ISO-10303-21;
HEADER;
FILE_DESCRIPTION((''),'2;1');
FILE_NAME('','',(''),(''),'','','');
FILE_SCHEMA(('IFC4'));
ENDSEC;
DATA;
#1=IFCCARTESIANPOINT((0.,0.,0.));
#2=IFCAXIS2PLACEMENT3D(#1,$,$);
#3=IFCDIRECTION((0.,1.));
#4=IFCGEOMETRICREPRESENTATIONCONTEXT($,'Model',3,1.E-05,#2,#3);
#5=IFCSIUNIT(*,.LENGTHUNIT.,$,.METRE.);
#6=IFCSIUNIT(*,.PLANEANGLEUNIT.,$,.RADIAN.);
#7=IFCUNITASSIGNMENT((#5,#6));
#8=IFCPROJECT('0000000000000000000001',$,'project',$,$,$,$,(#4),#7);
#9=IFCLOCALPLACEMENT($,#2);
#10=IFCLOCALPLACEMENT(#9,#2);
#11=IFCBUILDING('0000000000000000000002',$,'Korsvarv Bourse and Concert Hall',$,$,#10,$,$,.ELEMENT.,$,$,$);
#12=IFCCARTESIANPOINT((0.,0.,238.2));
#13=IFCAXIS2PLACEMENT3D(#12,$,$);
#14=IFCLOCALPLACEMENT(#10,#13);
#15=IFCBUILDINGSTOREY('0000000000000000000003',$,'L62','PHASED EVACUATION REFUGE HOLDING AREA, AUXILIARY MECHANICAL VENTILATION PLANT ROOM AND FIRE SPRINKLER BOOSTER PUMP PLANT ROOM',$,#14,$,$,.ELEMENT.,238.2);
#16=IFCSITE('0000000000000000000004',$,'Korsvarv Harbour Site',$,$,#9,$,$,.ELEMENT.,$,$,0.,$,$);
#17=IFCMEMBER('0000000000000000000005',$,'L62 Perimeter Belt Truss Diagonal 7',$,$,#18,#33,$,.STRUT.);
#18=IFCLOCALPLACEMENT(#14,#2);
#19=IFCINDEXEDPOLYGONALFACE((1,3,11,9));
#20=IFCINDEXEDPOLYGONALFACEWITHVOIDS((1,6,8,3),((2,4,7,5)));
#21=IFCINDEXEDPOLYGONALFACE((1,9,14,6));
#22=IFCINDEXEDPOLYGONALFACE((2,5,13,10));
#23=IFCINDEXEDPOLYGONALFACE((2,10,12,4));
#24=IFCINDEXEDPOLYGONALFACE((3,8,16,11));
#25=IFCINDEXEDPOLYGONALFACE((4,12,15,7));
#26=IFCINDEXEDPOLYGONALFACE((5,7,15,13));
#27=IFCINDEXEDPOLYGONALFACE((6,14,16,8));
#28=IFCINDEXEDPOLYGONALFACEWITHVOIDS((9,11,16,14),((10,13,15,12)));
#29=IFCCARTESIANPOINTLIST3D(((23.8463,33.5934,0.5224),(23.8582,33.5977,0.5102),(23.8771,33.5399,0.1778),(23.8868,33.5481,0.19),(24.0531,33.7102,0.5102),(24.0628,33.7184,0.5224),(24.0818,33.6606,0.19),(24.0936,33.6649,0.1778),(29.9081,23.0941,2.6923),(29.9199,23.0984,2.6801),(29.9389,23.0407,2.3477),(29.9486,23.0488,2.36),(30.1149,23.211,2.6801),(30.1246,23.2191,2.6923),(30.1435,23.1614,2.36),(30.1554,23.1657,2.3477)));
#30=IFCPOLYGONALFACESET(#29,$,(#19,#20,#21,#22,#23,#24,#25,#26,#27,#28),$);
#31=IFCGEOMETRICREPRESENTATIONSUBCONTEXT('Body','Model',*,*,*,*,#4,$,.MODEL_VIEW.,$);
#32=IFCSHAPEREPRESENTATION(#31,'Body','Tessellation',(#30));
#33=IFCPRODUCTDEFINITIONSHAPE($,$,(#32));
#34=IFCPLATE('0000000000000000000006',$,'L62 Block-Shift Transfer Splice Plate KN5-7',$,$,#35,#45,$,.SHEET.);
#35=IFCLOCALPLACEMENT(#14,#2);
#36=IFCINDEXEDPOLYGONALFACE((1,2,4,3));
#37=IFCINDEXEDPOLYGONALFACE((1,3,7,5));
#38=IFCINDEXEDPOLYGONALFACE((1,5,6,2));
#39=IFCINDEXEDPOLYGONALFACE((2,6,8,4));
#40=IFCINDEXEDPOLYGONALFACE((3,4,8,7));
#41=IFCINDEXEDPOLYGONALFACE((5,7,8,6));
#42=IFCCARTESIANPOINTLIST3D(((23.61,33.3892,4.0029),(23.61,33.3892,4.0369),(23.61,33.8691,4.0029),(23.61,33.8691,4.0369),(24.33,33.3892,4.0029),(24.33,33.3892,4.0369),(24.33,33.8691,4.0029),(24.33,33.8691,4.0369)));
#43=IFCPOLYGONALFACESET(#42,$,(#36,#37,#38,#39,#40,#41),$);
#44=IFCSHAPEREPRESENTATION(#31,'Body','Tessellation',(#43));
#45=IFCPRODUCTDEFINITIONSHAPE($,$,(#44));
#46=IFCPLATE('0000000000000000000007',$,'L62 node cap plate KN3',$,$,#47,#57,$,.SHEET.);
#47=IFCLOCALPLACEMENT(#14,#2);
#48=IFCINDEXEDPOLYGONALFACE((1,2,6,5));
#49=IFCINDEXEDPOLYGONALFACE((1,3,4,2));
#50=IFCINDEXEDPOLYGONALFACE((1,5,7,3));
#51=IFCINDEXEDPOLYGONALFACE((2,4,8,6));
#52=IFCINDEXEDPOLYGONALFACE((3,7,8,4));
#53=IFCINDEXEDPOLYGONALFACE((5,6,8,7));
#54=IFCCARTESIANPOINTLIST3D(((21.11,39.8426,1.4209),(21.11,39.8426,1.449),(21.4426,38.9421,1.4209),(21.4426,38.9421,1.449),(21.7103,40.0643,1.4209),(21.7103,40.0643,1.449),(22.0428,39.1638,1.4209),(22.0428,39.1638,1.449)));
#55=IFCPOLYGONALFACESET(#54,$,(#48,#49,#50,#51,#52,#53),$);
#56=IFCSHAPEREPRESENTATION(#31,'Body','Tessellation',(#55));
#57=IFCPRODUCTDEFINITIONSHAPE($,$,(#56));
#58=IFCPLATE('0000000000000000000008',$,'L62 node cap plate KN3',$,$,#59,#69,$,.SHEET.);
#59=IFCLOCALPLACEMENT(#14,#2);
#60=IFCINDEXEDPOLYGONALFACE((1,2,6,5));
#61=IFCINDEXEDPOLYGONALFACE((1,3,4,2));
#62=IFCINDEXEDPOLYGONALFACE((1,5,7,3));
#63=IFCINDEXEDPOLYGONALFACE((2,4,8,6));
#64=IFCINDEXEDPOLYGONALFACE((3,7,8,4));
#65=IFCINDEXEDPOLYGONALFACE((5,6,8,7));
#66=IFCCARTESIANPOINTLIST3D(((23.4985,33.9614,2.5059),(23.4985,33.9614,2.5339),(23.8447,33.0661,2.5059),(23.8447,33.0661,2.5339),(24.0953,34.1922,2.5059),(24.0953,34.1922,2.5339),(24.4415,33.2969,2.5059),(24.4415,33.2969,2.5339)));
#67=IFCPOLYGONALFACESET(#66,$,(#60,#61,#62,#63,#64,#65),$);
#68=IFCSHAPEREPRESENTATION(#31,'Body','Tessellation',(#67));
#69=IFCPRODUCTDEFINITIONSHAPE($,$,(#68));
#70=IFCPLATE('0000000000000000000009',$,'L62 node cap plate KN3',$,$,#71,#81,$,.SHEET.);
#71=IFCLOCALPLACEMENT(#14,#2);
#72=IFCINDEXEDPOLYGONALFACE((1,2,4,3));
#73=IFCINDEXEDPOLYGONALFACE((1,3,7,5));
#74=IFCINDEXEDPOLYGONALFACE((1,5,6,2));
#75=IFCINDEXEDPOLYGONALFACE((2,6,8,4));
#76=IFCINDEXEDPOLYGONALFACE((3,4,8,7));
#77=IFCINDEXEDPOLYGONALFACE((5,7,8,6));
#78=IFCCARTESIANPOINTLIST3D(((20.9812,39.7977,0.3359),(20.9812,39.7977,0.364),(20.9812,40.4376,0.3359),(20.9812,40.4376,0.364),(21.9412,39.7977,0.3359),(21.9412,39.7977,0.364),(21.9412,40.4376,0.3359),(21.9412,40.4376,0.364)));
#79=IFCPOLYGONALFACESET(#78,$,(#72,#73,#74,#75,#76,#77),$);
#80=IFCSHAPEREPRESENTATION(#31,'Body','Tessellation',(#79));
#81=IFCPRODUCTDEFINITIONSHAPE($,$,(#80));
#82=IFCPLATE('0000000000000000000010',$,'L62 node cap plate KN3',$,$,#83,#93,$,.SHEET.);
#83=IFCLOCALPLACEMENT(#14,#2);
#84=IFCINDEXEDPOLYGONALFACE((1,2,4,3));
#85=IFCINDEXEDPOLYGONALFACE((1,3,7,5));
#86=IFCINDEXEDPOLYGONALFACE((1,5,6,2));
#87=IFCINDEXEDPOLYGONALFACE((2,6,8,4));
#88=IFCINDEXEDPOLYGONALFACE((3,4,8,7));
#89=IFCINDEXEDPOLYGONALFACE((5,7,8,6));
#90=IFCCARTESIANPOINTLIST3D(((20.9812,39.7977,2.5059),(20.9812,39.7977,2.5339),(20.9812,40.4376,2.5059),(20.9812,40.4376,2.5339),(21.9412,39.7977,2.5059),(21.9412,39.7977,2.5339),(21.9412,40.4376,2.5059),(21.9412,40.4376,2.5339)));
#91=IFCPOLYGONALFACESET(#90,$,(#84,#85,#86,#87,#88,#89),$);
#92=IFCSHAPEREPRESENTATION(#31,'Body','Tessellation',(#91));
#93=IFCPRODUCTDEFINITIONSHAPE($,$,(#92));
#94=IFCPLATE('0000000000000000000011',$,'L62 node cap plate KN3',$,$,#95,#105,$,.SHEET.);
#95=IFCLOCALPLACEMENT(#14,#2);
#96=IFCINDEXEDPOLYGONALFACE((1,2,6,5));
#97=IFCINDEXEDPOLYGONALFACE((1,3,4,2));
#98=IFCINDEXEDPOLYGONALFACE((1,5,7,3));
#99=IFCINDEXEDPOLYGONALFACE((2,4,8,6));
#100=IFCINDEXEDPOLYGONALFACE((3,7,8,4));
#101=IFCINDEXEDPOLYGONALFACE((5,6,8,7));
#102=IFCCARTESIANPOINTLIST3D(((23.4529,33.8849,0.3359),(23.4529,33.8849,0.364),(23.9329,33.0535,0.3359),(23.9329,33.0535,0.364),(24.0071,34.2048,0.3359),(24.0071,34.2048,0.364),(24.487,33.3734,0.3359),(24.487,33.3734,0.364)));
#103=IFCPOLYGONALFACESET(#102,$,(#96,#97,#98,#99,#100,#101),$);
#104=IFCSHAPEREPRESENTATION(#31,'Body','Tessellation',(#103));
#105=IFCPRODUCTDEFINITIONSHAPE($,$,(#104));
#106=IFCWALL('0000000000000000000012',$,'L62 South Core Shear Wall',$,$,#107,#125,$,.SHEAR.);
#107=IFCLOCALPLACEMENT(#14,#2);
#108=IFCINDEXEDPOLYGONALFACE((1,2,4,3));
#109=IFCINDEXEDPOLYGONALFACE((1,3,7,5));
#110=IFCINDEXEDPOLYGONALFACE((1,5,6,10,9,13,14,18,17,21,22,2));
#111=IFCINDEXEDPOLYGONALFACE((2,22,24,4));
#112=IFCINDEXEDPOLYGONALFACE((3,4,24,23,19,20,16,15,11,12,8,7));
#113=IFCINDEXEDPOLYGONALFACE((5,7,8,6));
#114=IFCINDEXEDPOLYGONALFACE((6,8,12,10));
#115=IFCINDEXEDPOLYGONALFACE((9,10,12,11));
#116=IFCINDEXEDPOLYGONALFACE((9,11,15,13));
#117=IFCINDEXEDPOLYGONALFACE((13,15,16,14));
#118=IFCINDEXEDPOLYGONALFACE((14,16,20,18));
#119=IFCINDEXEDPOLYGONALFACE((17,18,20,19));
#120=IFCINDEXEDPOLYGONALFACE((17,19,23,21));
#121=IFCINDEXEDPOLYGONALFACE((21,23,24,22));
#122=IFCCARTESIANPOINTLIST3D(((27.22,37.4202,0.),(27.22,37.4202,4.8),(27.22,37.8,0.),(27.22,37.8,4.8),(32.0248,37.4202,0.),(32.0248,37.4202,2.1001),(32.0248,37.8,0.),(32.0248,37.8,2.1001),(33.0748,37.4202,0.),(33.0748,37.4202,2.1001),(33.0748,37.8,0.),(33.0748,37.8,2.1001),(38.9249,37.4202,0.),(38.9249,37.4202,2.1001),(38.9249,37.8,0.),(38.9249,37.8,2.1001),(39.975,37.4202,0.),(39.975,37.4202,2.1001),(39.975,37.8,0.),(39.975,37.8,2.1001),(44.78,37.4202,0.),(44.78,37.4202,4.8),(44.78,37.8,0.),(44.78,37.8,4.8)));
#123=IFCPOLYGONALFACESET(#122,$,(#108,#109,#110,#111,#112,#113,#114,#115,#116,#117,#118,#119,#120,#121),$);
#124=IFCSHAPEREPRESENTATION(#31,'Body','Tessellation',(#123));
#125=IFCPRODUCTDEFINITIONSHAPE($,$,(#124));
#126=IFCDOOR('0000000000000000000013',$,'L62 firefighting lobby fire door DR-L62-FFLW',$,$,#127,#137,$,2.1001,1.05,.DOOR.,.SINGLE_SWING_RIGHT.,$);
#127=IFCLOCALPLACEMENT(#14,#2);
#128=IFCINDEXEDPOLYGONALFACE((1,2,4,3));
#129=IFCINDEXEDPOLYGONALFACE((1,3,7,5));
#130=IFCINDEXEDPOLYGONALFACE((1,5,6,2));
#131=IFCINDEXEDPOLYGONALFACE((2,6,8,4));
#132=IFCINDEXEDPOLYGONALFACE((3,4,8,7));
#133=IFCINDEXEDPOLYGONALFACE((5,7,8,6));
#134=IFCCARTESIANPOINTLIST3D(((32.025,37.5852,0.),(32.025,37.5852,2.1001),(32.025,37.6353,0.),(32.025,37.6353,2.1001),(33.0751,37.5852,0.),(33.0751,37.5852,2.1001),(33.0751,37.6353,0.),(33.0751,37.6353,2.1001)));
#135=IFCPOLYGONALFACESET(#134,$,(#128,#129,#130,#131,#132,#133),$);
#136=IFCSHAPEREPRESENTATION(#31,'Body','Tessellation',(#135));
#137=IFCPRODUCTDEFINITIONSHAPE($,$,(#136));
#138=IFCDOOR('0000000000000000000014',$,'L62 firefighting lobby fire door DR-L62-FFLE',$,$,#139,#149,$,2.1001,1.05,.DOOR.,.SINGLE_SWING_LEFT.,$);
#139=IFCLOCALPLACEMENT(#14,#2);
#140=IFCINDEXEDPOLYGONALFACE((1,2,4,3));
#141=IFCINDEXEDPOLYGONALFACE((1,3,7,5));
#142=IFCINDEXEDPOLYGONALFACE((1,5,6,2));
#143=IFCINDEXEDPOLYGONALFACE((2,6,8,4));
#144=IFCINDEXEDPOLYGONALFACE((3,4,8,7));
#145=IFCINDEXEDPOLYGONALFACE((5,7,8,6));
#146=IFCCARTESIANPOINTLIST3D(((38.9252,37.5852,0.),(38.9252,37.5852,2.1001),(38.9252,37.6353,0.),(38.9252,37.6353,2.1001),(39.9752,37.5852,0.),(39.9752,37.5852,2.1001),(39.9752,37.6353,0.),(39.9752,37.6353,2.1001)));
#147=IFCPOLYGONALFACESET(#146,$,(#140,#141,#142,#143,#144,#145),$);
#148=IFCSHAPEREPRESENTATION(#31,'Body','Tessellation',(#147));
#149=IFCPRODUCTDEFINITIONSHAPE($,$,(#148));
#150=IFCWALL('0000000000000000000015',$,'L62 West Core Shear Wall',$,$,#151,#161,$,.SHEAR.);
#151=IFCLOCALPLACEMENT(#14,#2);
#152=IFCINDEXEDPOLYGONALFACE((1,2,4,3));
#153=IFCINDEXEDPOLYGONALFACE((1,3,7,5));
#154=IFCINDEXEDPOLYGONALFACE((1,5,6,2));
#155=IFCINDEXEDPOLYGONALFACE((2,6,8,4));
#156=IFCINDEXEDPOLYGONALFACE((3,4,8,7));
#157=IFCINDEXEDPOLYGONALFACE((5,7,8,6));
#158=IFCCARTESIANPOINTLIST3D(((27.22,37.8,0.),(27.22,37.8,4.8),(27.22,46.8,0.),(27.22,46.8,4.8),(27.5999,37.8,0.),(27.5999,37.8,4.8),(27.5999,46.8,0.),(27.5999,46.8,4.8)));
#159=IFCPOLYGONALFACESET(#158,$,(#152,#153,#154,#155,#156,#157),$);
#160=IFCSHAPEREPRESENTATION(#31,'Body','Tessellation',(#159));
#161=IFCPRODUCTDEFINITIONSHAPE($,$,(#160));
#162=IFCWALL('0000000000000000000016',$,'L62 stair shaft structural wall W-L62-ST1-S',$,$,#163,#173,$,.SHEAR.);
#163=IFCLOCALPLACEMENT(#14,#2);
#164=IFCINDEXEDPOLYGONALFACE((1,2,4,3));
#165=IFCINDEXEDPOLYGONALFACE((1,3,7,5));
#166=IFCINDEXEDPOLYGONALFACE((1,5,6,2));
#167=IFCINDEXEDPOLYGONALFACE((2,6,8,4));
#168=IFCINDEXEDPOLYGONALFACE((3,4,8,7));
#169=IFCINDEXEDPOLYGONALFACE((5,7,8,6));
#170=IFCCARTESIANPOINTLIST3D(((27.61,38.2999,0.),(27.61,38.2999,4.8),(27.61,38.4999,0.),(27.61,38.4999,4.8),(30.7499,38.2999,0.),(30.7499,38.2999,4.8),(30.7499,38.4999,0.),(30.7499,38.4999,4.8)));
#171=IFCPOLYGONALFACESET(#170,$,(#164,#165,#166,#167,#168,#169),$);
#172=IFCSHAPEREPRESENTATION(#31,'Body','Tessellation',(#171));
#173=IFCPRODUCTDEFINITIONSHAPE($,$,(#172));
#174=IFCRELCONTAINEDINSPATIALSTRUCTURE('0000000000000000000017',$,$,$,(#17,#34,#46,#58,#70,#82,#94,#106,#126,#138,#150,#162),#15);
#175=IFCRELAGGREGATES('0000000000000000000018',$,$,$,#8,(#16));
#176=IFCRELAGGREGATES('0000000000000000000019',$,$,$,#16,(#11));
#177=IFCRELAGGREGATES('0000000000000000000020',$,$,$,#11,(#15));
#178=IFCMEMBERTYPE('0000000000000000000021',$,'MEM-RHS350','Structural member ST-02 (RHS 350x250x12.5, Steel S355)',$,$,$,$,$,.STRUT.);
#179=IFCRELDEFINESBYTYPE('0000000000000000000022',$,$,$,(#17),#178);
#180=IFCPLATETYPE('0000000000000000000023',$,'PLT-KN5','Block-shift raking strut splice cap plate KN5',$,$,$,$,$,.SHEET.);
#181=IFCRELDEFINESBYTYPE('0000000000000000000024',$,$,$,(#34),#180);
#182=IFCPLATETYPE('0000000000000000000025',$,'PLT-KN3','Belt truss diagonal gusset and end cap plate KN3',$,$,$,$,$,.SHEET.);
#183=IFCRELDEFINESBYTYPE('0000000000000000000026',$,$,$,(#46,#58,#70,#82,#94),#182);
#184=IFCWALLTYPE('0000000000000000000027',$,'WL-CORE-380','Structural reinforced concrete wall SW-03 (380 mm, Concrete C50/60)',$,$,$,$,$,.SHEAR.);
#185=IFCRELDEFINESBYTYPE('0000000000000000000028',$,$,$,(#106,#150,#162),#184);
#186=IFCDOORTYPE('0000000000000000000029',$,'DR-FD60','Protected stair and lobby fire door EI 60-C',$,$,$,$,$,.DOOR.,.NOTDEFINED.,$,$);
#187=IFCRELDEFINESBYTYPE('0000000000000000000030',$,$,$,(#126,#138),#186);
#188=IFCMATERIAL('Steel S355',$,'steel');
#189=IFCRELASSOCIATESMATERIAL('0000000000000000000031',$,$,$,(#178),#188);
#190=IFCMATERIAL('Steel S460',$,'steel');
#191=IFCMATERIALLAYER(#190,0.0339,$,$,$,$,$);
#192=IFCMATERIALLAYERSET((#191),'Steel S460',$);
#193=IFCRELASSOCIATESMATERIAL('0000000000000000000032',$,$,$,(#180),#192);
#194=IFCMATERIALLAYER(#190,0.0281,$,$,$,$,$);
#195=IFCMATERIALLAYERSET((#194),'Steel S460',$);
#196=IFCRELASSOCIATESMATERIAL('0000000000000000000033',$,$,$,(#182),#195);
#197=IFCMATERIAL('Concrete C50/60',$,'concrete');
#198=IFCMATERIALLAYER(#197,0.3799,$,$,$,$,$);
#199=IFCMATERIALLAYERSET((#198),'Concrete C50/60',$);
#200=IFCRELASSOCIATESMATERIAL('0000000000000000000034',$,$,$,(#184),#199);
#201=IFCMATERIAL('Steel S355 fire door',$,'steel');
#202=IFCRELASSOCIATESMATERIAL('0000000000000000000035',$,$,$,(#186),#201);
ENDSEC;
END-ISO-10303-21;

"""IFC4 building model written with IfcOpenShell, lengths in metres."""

from ifc_helpers import new_model, si_unit, direction, frame, frame_2d, origin, origin_2d, place, context, subcontext, project, spatial, rectangle, hollow_rectangle, extrude, source, transform, mapped, material, layer, layer_set, material_profile, profile_set, type_object, element, fill, save


model = new_model("IFC4")

# Units and contexts
model_context = context("Model", 3, precision=1e-05, world=origin(), true_north=direction((0.0, 1.0)))
body_context = subcontext(model_context, "Body", "Model", "MODEL_VIEW")
ifc_project = project(units=[si_unit("LENGTHUNIT", "METRE"), si_unit("PLANEANGLEUNIT", "RADIAN")], contexts=[model_context])

# Site, building, storey
site_placement = place(None, origin())
site = spatial("IfcSite", under=ifc_project, at=site_placement, Name="Korsvarv Harbour Site", CompositionType="ELEMENT", RefElevation=0.0)
building_placement = place(site_placement, origin())
building = spatial("IfcBuilding", under=site, at=building_placement, Name="Korsvarv Bourse and Concert Hall", CompositionType="ELEMENT")
storey_placement = place(building_placement, frame((0.0, 0.0, 238.2)))
storey = spatial("IfcBuildingStorey", under=building, at=storey_placement, Name="L62", Description="PHASED EVACUATION REFUGE HOLDING AREA, AUXILIARY MECHANICAL VENTILATION PLANT ROOM AND FIRE SPRINKLER BOOSTER PUMP PLANT ROOM", CompositionType="ELEMENT", Elevation=238.2)

# Shared definitions
ifc_material_1 = material(Name="Steel S355", Category="steel")

# Shared definitions
ifc_material_profile_1 = material_profile(ifc_material_1, hollow_rectangle(XDim=0.25, YDim=0.3501, WallThickness=0.0125, at=origin_2d()), Name="RHS 350x250x12.5")
ifc_profile_set_1 = profile_set([ifc_material_profile_1], Name="Steel S355")
member_type_1 = type_object("IfcMemberType", Name="MEM-RHS350", Description="Structural member ST-02 (RHS 350x250x12.5, Steel S355)", PredefinedType="STRUT", material=ifc_profile_set_1)

# Member
shared_shape_1 = source(origin(), body_context, "Body", "SweptSolid", [
    extrude(hollow_rectangle(XDim=0.25, YDim=0.3501, WallThickness=0.0125, at=origin_2d()), origin(), (0.0, 0.0, 1.0), 12.3162),
])
member_1_placement = place(storey_placement, frame((23.97, 33.6292, 0.3501), z_axis=(0.492179, -0.852478, 0.176185), x_axis=(0.866025, 0.500001, 0.0)))
element("IfcMember", 1, at=member_1_placement, inside=storey, type_object=member_type_1, Name="L62 Perimeter Belt Truss Diagonal 7", PredefinedType="STRUT", context=body_context, shape_type="MappedRepresentation", body=[
    mapped(shared_shape_1, transform((0.0, 0.0, 0.0), scale=1.0)),
])

# Plates
ifc_material_2 = material(Name="Steel S460", Category="steel")
ifc_layer_1 = layer(ifc_material_2, 0.0339)
ifc_layer_set_1 = layer_set([ifc_layer_1], Name="Steel S460")
plate_type_1 = type_object("IfcPlateType", Name="PLT-KN5", Description="Block-shift raking strut splice cap plate KN5", PredefinedType="SHEET", material=ifc_layer_set_1)
shared_shape_2 = source(origin(), body_context, "Body", "SweptSolid", [
    extrude(rectangle(XDim=0.72, YDim=0.48, at=origin_2d()), origin(), (0.0, 0.0, 1.0), 0.0339),
])
plate_placement = place(storey_placement, frame((23.97, 33.6292, 4.0029), z_axis=(0.0, 0.0, 1.0), x_axis=(1.0, 0.0, 0.0)))
element("IfcPlate", 2, at=plate_placement, inside=storey, type_object=plate_type_1, Name="L62 Block-Shift Transfer Splice Plate KN5-7", PredefinedType="SHEET", context=body_context, shape_type="MappedRepresentation", body=[
    mapped(shared_shape_2, transform((0.0, 0.0, 0.0), scale=1.0)),
])
ifc_layer_2 = layer(ifc_material_2, 0.0281)
ifc_layer_set_2 = layer_set([ifc_layer_2], Name="Steel S460")
plate_type_2 = type_object("IfcPlateType", Name="PLT-KN3", Description="Belt truss diagonal gusset and end cap plate KN3", PredefinedType="SHEET", material=ifc_layer_set_2)
shared_shape_3 = source(origin(), body_context, "Body", "SweptSolid", [
    extrude(rectangle(XDim=0.96, YDim=0.6399, at=origin_2d()), origin(), (0.0, 0.0, 1.0), 0.0281),
])
for number, where, z_axis, x_axis, name in (
    (3, (21.5764, 39.5032, 1.4209), (0.0, 0.0, 1.0), (-0.346445, 0.93807, 0.0), "L62 node cap plate KN3"),
    (4, (23.97, 33.6292, 2.5059), (0.0, 0.0, 1.0), (-0.360648, 0.932702, 0.0), "L62 node cap plate KN3"),
    (5, (21.4612, 40.1177, 0.3359), (0.0, 0.0, 1.0), (1.0, 0.0, 0.0), "L62 node cap plate KN3"),
    (6, (21.4612, 40.1177, 2.5059), (0.0, 0.0, 1.0), (1.0, 0.0, 0.0), "L62 node cap plate KN3"),
    (7, (23.97, 33.6292, 0.3359), (0.0, 0.0, 1.0), (-0.5, 0.866025, 0.0), "L62 node cap plate KN3"),
):
    element("IfcPlate", number, at=place(storey_placement, frame(where, z_axis=z_axis, x_axis=x_axis)), inside=storey, type_object=plate_type_2, Name=name, PredefinedType="SHEET", context=body_context, shape_type="MappedRepresentation", body=[
        mapped(shared_shape_3, transform((0.0, 0.0, 0.0), scale=1.0)),
    ])

# Wall, openings, doors
ifc_material_3 = material(Name="Concrete C50/60", Category="concrete")
ifc_layer_3 = layer(ifc_material_3, 0.3799)
ifc_layer_set_3 = layer_set([ifc_layer_3], Name="Concrete C50/60")
wall_type_1 = type_object("IfcWallType", Name="WL-CORE-380", Description="Structural reinforced concrete wall SW-03 (380 mm, Concrete C50/60)", PredefinedType="SHEAR", material=ifc_layer_set_3)
wall_1_placement = place(storey_placement, frame((27.22, 37.6101, 0.0), z_axis=(0.0, 0.0, 1.0), x_axis=(1.0, 0.0, 0.0)))
wall_1 = element("IfcWall", 8, at=wall_1_placement, inside=storey, type_object=wall_type_1, Name="L62 South Core Shear Wall", PredefinedType="SHEAR", context=body_context, shape_type="SweptSolid", body=[
    extrude(rectangle(XDim=17.5601, YDim=0.3799, at=frame_2d((8.78, 0.0))), origin(), (0.0, 0.0, 1.0), 4.8),
])
opening_1_placement = place(wall_1_placement, frame((4.8049, 0.0, 0.0)))
opening_1 = element("IfcOpeningElement", 9, at=opening_1_placement, cuts=wall_1, PredefinedType="OPENING", context=body_context, shape_type="SweptSolid", body=[
    extrude(rectangle(XDim=1.05, YDim=2.1001, at=frame_2d((0.5249, 1.05))), frame((0.0, 0.2, 0.0), z_axis=(0.0, -1.0, 0.0), x_axis=(1.0, 0.0, 0.0)), (0.0, 0.0, 1.0), 0.3999),
])
opening_2_placement = place(wall_1_placement, frame((11.7051, 0.0, 0.0)))
opening_2 = element("IfcOpeningElement", 10, at=opening_2_placement, cuts=wall_1, PredefinedType="OPENING", context=body_context, shape_type="SweptSolid", body=[
    extrude(rectangle(XDim=1.05, YDim=2.1001, at=frame_2d((0.5249, 1.05))), frame((0.0, 0.2, 0.0), z_axis=(0.0, -1.0, 0.0), x_axis=(1.0, 0.0, 0.0)), (0.0, 0.0, 1.0), 0.3999),
])
ifc_material_4 = material(Name="Steel S355 fire door", Category="steel")
door_type = type_object("IfcDoorType", Name="DR-FD60", Description="Protected stair and lobby fire door EI 60-C", OperationType="NOTDEFINED", PredefinedType="DOOR", material=ifc_material_4)
door_1_placement = place(opening_1_placement, frame((1.05, 0.0, 0.0), z_axis=(0.0, 0.0, 1.0), x_axis=(-1.0, 0.0, 0.0)))
door_1 = element("IfcDoor", 11, at=door_1_placement, inside=storey, type_object=door_type, Name="L62 firefighting lobby fire door DR-L62-FFLW", OperationType="SINGLE_SWING_RIGHT", OverallHeight=2.1001, OverallWidth=1.05, PredefinedType="DOOR", context=body_context, shape_type="SweptSolid", body=[
    extrude(rectangle(XDim=1.05, YDim=2.1001, at=frame_2d((0.5249, 1.05))), frame((0.0, 0.0249, 0.0), z_axis=(0.0, -1.0, 0.0), x_axis=(1.0, 0.0, 0.0)), (0.0, 0.0, 1.0), 0.05),
])
fill(opening_1, door_1)
door_2_placement = place(opening_2_placement, frame((1.05, 0.0, 0.0), z_axis=(0.0, 0.0, 1.0), x_axis=(-1.0, 0.0, 0.0)))
door_2 = element("IfcDoor", 12, at=door_2_placement, inside=storey, type_object=door_type, Name="L62 firefighting lobby fire door DR-L62-FFLE", OperationType="SINGLE_SWING_LEFT", OverallHeight=2.1001, OverallWidth=1.05, PredefinedType="DOOR", context=body_context, shape_type="SweptSolid", body=[
    extrude(rectangle(XDim=1.05, YDim=2.1001, at=frame_2d((0.5249, 1.05))), frame((0.0, 0.0249, 0.0), z_axis=(0.0, -1.0, 0.0), x_axis=(1.0, 0.0, 0.0)), (0.0, 0.0, 1.0), 0.05),
])
fill(opening_2, door_2)

# Walls
wall_2_placement = place(storey_placement, frame((27.4099, 37.8, 0.0), z_axis=(0.0, 0.0, 1.0), x_axis=(0.0, 1.0, 0.0)))
element("IfcWall", 13, at=wall_2_placement, inside=storey, type_object=wall_type_1, Name="L62 West Core Shear Wall", PredefinedType="SHEAR", context=body_context, shape_type="SweptSolid", body=[
    extrude(rectangle(XDim=9.0, YDim=0.3799, at=frame_2d((4.5, 0.0))), origin(), (0.0, 0.0, 1.0), 4.8),
])
wall_3_placement = place(storey_placement, frame((27.6101, 38.3999, 0.0), z_axis=(0.0, 0.0, 1.0), x_axis=(1.0, 0.0, 0.0)))
element("IfcWall", 14, at=wall_3_placement, inside=storey, type_object=wall_type_1, Name="L62 stair shaft structural wall W-L62-ST1-S", PredefinedType="SHEAR", context=body_context, shape_type="SweptSolid", body=[
    extrude(rectangle(XDim=3.1399, YDim=0.2, at=frame_2d((1.5698, 0.0))), origin(), (0.0, 0.0, 1.0), 4.8),
])

save(model, "model.ifc")
